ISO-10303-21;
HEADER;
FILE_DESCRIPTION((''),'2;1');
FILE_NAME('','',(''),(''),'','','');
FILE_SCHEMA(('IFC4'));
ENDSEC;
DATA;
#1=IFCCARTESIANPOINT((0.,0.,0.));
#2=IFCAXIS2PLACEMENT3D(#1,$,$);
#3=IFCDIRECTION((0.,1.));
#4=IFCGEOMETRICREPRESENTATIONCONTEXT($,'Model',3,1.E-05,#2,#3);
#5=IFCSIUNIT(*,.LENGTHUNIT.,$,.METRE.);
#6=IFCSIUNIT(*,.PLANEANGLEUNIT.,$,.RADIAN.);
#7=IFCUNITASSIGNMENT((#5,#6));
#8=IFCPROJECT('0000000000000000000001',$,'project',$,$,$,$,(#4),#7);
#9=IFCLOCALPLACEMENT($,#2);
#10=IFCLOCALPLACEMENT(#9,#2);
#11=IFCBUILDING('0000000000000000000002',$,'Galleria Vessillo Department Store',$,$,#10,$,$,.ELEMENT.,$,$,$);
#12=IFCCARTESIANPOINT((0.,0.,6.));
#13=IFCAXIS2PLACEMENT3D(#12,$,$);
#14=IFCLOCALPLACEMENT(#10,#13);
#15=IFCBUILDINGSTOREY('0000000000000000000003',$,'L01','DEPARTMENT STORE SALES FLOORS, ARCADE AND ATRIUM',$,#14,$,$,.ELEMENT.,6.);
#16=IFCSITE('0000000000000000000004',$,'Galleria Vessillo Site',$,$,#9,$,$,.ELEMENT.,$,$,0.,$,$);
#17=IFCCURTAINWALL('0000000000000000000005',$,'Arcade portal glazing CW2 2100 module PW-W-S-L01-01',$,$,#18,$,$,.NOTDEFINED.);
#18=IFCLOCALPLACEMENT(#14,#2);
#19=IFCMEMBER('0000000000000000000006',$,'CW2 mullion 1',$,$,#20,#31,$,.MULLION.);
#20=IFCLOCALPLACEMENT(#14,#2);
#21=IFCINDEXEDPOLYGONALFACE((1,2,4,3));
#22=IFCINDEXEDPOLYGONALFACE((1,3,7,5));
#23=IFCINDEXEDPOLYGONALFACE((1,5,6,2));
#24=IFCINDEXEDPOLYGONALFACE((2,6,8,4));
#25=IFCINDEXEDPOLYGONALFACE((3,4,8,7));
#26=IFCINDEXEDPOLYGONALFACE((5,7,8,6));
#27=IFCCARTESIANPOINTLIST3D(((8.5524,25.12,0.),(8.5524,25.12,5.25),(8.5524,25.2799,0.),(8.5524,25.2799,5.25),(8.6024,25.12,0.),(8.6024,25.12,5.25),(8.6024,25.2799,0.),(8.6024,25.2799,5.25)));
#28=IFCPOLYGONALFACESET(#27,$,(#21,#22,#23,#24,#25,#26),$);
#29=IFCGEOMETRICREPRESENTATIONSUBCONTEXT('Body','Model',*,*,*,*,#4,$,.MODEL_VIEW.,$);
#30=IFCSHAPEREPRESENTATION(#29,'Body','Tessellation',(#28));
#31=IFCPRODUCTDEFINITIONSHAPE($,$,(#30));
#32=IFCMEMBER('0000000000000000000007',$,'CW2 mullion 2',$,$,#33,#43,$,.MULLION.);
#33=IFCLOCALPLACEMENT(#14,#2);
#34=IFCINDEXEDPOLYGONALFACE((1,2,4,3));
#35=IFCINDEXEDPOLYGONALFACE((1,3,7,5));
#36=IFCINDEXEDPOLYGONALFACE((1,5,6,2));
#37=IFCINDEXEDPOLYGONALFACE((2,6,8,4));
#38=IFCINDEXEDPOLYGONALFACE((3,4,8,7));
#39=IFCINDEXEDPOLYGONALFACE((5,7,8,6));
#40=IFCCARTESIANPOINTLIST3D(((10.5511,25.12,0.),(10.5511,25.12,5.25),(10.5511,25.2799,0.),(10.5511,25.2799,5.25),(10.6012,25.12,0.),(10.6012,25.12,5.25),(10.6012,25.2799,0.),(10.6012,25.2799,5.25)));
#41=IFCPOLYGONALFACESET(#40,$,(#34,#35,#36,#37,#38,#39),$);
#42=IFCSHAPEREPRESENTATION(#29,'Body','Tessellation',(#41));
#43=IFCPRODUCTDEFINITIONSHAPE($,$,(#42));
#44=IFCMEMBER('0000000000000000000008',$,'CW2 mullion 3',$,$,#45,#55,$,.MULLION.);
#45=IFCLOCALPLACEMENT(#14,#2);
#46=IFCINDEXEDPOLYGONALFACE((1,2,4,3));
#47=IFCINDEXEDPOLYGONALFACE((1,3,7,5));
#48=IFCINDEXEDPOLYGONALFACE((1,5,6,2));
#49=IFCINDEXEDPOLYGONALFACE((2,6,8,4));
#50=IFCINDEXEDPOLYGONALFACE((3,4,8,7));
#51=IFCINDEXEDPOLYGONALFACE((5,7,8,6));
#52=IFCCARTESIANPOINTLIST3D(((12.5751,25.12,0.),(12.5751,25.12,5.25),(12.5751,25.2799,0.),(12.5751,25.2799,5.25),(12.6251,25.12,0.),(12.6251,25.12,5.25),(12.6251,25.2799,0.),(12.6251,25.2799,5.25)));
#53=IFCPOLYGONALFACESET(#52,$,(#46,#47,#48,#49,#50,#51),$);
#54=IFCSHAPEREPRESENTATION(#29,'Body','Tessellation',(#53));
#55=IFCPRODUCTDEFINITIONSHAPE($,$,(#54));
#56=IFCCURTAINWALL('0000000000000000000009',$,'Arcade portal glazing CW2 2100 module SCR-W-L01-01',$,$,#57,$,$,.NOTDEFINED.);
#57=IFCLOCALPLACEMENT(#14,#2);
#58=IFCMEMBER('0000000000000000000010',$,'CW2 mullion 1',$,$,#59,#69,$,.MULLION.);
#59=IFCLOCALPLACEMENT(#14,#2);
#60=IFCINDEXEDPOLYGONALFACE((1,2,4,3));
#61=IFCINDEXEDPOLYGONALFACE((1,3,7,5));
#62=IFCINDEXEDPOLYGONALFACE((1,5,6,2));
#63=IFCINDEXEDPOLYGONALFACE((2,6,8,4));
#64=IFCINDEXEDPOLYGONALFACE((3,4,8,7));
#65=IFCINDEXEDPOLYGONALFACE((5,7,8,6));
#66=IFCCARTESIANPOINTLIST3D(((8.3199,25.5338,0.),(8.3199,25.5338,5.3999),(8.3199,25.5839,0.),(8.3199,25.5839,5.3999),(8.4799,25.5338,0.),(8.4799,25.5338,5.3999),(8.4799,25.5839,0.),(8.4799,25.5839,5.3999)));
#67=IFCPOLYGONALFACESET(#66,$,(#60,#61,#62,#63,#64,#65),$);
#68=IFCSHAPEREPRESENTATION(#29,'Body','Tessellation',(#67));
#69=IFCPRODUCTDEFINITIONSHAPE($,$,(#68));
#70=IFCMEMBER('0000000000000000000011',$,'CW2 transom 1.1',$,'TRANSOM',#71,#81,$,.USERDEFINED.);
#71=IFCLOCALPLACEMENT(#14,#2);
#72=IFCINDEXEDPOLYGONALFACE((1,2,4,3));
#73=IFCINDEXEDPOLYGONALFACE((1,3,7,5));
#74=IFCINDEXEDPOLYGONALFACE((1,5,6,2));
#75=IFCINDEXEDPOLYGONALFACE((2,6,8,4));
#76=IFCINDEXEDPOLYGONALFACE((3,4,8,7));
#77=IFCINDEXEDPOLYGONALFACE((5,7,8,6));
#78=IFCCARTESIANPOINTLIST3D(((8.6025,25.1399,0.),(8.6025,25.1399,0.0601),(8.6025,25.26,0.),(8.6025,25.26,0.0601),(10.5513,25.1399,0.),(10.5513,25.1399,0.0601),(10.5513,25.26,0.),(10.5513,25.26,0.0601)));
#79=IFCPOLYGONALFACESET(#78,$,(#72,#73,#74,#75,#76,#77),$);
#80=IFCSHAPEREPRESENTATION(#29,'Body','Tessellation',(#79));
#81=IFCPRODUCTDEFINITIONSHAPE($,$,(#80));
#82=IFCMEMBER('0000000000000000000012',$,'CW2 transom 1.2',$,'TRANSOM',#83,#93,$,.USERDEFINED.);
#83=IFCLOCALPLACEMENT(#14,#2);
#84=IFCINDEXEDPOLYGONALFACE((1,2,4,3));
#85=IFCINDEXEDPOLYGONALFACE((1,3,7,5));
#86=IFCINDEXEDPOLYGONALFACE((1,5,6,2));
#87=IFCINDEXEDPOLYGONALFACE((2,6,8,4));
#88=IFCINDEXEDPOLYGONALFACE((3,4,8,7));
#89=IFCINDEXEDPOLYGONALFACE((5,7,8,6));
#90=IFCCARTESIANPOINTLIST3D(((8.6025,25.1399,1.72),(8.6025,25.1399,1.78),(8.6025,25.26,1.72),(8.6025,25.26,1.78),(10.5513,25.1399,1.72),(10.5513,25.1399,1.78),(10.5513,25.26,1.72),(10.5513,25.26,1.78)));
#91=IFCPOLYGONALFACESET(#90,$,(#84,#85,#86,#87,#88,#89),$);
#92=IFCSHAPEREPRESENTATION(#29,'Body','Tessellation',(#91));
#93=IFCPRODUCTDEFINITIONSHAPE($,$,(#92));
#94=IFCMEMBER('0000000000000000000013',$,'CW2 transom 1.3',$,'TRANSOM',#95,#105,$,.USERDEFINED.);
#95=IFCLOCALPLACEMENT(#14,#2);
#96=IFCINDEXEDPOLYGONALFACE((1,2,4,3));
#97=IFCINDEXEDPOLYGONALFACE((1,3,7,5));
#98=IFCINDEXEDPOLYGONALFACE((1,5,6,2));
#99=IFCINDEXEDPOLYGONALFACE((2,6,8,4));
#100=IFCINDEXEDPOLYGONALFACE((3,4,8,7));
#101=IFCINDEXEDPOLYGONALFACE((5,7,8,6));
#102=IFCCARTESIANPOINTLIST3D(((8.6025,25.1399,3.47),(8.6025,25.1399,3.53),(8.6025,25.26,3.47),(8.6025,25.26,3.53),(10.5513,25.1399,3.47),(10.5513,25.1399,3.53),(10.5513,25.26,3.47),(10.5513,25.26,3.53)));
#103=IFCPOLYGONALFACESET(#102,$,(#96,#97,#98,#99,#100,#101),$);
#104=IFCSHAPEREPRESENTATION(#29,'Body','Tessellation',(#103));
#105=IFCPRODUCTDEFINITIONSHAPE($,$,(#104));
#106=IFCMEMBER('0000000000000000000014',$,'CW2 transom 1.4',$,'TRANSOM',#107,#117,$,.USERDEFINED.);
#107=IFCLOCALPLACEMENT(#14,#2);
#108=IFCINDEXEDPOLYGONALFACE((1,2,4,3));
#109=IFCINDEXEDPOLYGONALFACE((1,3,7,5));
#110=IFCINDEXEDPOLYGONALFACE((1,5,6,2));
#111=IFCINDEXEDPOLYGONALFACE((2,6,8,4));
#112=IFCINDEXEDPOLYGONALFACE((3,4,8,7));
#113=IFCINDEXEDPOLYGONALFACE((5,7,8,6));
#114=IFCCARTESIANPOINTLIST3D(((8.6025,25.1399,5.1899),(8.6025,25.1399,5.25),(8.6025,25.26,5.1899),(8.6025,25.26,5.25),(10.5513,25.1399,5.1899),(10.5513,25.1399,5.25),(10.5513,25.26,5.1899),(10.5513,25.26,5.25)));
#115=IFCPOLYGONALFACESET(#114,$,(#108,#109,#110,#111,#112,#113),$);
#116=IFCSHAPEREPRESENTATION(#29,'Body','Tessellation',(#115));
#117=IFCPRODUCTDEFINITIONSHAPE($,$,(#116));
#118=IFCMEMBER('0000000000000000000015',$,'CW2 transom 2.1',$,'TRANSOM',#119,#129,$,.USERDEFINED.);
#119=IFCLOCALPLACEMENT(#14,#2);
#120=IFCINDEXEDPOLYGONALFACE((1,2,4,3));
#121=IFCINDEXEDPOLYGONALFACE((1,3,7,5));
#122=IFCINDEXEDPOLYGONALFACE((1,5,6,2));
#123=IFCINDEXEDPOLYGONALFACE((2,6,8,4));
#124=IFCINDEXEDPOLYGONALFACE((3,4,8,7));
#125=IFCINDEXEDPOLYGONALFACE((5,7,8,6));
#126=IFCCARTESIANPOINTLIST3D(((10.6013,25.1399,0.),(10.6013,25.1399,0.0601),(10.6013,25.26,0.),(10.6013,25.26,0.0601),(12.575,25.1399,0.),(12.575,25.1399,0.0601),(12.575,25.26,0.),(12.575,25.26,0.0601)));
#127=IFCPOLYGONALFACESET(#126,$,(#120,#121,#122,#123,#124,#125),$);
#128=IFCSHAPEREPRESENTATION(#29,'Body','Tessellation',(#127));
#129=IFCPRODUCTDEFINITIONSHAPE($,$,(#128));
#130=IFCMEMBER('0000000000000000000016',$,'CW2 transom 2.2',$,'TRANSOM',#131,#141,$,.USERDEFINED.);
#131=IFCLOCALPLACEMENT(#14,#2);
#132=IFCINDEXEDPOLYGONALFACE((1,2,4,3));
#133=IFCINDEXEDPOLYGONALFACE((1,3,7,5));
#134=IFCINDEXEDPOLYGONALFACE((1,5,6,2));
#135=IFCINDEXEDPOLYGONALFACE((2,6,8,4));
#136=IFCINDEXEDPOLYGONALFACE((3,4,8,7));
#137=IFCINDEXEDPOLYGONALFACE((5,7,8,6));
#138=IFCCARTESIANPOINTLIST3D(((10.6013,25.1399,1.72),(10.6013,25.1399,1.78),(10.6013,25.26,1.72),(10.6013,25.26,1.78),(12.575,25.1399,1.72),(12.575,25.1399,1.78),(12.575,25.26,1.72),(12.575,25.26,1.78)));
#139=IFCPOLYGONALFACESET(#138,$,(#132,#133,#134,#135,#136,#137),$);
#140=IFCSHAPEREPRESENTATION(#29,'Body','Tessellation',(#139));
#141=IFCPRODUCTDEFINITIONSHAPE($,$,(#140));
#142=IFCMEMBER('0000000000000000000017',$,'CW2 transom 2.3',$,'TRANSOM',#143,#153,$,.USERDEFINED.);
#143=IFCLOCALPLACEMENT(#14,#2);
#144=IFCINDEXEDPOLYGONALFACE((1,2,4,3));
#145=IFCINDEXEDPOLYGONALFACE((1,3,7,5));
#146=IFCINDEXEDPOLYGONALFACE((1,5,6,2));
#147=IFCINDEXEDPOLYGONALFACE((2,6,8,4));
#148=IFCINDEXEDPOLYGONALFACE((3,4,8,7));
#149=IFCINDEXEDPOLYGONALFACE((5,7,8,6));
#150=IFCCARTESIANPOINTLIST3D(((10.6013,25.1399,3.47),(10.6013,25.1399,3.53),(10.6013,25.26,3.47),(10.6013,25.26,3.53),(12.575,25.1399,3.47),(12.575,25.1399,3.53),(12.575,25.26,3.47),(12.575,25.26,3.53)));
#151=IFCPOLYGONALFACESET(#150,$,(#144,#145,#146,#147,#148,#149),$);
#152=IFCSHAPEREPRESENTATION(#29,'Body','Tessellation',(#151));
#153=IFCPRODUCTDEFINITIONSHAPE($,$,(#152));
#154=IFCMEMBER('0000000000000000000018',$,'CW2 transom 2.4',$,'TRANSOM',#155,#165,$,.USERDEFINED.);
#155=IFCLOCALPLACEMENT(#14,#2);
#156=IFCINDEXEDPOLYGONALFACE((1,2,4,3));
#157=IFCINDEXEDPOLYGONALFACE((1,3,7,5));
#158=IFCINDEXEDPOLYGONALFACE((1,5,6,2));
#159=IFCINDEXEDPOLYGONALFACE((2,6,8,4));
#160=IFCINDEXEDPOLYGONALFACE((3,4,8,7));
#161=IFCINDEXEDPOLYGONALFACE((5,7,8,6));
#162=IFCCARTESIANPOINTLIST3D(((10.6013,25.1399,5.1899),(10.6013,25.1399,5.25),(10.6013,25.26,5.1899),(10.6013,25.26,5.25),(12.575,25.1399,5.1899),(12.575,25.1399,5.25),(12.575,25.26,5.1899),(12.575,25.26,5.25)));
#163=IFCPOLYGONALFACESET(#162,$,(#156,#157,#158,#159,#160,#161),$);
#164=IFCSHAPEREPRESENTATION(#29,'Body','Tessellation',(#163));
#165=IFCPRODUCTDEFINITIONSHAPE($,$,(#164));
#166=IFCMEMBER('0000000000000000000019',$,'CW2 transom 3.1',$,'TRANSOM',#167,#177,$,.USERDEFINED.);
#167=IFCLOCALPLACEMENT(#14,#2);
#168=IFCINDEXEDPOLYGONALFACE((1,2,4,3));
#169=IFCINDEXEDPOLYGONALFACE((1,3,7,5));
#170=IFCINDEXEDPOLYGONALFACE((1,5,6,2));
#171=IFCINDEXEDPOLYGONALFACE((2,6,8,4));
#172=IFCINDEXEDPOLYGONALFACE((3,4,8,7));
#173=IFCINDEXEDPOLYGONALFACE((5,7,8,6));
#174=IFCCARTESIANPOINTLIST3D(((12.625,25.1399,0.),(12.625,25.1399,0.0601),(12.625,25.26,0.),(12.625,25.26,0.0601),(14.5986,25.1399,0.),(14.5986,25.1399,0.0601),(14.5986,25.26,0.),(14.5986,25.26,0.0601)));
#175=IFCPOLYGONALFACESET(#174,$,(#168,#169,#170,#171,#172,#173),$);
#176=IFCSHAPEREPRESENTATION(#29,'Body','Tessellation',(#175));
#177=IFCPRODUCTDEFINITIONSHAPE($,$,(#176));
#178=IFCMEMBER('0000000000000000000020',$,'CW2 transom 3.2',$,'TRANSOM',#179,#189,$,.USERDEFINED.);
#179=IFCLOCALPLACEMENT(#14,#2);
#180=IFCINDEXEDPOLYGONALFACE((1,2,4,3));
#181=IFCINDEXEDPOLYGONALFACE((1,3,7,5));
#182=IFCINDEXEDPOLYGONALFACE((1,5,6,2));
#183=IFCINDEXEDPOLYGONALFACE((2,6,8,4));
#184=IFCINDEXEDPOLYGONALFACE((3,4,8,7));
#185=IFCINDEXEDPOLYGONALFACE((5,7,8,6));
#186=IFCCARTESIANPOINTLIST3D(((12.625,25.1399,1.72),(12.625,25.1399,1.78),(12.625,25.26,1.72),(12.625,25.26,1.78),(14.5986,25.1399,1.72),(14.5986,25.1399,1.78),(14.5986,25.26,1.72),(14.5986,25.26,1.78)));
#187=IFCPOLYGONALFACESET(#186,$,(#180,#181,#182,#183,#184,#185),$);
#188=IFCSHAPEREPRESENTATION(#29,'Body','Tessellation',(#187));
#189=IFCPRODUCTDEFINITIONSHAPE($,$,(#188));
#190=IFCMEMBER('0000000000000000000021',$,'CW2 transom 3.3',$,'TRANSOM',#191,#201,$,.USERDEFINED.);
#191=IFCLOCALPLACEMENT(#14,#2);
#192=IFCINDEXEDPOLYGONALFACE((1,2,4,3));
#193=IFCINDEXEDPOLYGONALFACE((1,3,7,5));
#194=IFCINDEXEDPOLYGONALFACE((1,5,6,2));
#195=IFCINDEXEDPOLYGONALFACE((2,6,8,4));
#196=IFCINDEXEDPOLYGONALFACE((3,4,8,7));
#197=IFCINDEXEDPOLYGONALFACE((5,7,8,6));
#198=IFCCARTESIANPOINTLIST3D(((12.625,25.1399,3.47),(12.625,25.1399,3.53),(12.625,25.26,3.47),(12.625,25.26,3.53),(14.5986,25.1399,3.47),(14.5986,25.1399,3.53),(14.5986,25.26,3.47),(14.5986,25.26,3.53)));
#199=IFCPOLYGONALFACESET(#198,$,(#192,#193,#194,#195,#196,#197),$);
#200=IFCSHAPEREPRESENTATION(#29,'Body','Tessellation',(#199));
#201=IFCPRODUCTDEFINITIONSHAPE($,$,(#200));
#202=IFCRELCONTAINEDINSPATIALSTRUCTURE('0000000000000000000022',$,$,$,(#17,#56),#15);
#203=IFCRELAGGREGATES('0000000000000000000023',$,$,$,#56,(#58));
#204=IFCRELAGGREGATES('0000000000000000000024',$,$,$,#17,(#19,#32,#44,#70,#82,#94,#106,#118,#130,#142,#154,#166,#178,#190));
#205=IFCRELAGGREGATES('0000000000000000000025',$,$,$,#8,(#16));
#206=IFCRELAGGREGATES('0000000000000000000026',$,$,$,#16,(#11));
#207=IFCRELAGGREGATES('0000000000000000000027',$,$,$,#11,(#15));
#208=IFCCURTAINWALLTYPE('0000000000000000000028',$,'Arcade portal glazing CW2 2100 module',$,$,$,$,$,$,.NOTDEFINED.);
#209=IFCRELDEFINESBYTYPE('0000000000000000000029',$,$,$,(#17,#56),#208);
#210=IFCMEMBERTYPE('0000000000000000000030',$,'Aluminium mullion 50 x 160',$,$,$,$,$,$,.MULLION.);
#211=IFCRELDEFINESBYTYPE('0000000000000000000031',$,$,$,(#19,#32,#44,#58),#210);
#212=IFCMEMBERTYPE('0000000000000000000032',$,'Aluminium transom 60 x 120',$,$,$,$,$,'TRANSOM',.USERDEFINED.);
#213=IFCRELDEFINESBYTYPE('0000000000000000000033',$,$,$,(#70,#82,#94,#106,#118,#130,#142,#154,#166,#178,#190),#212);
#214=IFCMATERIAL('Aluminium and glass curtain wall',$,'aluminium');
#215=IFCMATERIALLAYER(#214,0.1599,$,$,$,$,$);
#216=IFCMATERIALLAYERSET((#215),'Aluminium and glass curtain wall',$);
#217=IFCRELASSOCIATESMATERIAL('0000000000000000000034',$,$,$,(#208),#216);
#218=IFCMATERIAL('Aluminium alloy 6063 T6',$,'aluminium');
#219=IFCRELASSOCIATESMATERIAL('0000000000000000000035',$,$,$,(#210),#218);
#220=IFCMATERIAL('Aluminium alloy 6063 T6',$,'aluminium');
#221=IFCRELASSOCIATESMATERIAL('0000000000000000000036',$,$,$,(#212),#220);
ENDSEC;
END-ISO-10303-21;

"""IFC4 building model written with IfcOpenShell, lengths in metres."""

from ifc_helpers import new_model, si_unit, direction, frame, origin, origin_2d, place, context, subcontext, project, spatial, rectangle, extrude, material, layer, layer_set, material_profile, profile_set, type_object, element, aggregate, save


model = new_model("IFC4")

# Units and contexts
model_context = context("Model", 3, precision=1e-05, world=origin(), true_north=direction((0.0, 1.0)))
body_context = subcontext(model_context, "Body", "Model", "MODEL_VIEW")
ifc_project = project(units=[si_unit("LENGTHUNIT", "METRE"), si_unit("PLANEANGLEUNIT", "RADIAN")], contexts=[model_context])

# Site, building, storey
site_placement = place(None, origin())
site = spatial("IfcSite", under=ifc_project, at=site_placement, Name="Galleria Vessillo Site", CompositionType="ELEMENT", RefElevation=0.0)
building_placement = place(site_placement, origin())
building = spatial("IfcBuilding", under=site, at=building_placement, Name="Galleria Vessillo Department Store", CompositionType="ELEMENT")
storey_placement = place(building_placement, frame((0.0, 0.0, 6.0)))
storey = spatial("IfcBuildingStorey", under=building, at=storey_placement, Name="L01", Description="DEPARTMENT STORE SALES FLOORS, ARCADE AND ATRIUM", CompositionType="ELEMENT", Elevation=6.0)

# Curtain wall, members
ifc_material_1 = material(Name="Aluminium and glass curtain wall", Category="aluminium")
ifc_layer_1 = layer(ifc_material_1, 0.1599)
ifc_layer_set_1 = layer_set([ifc_layer_1], Name="Aluminium and glass curtain wall")
curtain_wall_type = type_object("IfcCurtainWallType", Name="Arcade portal glazing CW2 2100 module", PredefinedType="NOTDEFINED", material=ifc_layer_set_1)
curtain_wall_1_placement = place(storey_placement, origin())
curtain_wall_1 = element("IfcCurtainWall", 1, at=curtain_wall_1_placement, inside=storey, type_object=curtain_wall_type, Name="Arcade portal glazing CW2 2100 module PW-W-S-L01-01", PredefinedType="NOTDEFINED")
ifc_material_2 = material(Name="Aluminium alloy 6063 T6", Category="aluminium")
ifc_material_profile_1 = material_profile(ifc_material_2, rectangle(XDim=0.1599, YDim=0.05, at=origin_2d()), Name="AL 50x160")
ifc_profile_set_1 = profile_set([ifc_material_profile_1], Name="Aluminium alloy 6063 T6")
member_type_1 = type_object("IfcMemberType", Name="Aluminium mullion 50 x 160", PredefinedType="MULLION", material=ifc_profile_set_1)
member_1_placement = place(storey_placement, frame((8.5774, 25.2, 0.0), z_axis=(0.0, 0.0, 1.0), x_axis=(0.0, 1.0, 0.0)))
member_1 = element("IfcMember", 2, at=member_1_placement, type_object=member_type_1, Name="CW2 mullion 1", PredefinedType="MULLION", context=body_context, shape_type="SweptSolid", body=[
    extrude(rectangle(XDim=0.1599, YDim=0.05, at=origin_2d()), origin(), (0.0, 0.0, 1.0), 5.25),
])
member_2_placement = place(storey_placement, frame((10.5762, 25.2, 0.0), z_axis=(0.0, 0.0, 1.0), x_axis=(0.0, 1.0, 0.0)))
member_2 = element("IfcMember", 3, at=member_2_placement, type_object=member_type_1, Name="CW2 mullion 2", PredefinedType="MULLION", context=body_context, shape_type="SweptSolid", body=[
    extrude(rectangle(XDim=0.1599, YDim=0.05, at=origin_2d()), origin(), (0.0, 0.0, 1.0), 5.25),
])
member_3_placement = place(storey_placement, frame((12.6001, 25.2, 0.0), z_axis=(0.0, 0.0, 1.0), x_axis=(0.0, 1.0, 0.0)))
member_3 = element("IfcMember", 4, at=member_3_placement, type_object=member_type_1, Name="CW2 mullion 3", PredefinedType="MULLION", context=body_context, shape_type="SweptSolid", body=[
    extrude(rectangle(XDim=0.1599, YDim=0.05, at=origin_2d()), origin(), (0.0, 0.0, 1.0), 5.25),
])

# Curtain wall, member
curtain_wall_2_placement = place(storey_placement, origin())
curtain_wall_2 = element("IfcCurtainWall", 5, at=curtain_wall_2_placement, inside=storey, type_object=curtain_wall_type, Name="Arcade portal glazing CW2 2100 module SCR-W-L01-01", PredefinedType="NOTDEFINED")
member_4_placement = place(storey_placement, frame((8.3999, 25.5588, 0.0), z_axis=(0.0, 0.0, 1.0), x_axis=(-1.0, 0.0, 0.0)))
member_4 = element("IfcMember", 6, at=member_4_placement, type_object=member_type_1, Name="CW2 mullion 1", PredefinedType="MULLION", context=body_context, shape_type="SweptSolid", body=[
    extrude(rectangle(XDim=0.1599, YDim=0.05, at=origin_2d()), origin(), (0.0, 0.0, 1.0), 5.3999),
])

# Members
ifc_material_3 = material(Name="Aluminium alloy 6063 T6", Category="aluminium")
ifc_material_profile_2 = material_profile(ifc_material_3, rectangle(XDim=0.1201, YDim=0.0601, at=origin_2d()), Name="AL 60x120")
ifc_profile_set_2 = profile_set([ifc_material_profile_2], Name="Aluminium alloy 6063 T6")
member_type_2 = type_object("IfcMemberType", Name="Aluminium transom 60 x 120", ElementType="TRANSOM", PredefinedType="USERDEFINED", material=ifc_profile_set_2)
member_5_placement = place(storey_placement, frame((8.6025, 25.2, 0.03), z_axis=(1.0, 0.0, 0.0), x_axis=(0.0, 1.0, 0.0)))
member_5 = element("IfcMember", 7, at=member_5_placement, type_object=member_type_2, Name="CW2 transom 1.1", ObjectType="TRANSOM", PredefinedType="USERDEFINED", context=body_context, shape_type="SweptSolid", body=[
    extrude(rectangle(XDim=0.1201, YDim=0.0601, at=origin_2d()), origin(), (0.0, 0.0, 1.0), 1.9487),
])
member_6_placement = place(storey_placement, frame((8.6025, 25.2, 1.75), z_axis=(1.0, 0.0, 0.0), x_axis=(0.0, 1.0, 0.0)))
member_6 = element("IfcMember", 8, at=member_6_placement, type_object=member_type_2, Name="CW2 transom 1.2", ObjectType="TRANSOM", PredefinedType="USERDEFINED", context=body_context, shape_type="SweptSolid", body=[
    extrude(rectangle(XDim=0.1201, YDim=0.0601, at=origin_2d()), origin(), (0.0, 0.0, 1.0), 1.9487),
])
member_7_placement = place(storey_placement, frame((8.6025, 25.2, 3.5), z_axis=(1.0, 0.0, 0.0), x_axis=(0.0, 1.0, 0.0)))
member_7 = element("IfcMember", 9, at=member_7_placement, type_object=member_type_2, Name="CW2 transom 1.3", ObjectType="TRANSOM", PredefinedType="USERDEFINED", context=body_context, shape_type="SweptSolid", body=[
    extrude(rectangle(XDim=0.1201, YDim=0.0601, at=origin_2d()), origin(), (0.0, 0.0, 1.0), 1.9487),
])
member_8_placement = place(storey_placement, frame((8.6025, 25.2, 5.22), z_axis=(1.0, 0.0, 0.0), x_axis=(0.0, 1.0, 0.0)))
member_8 = element("IfcMember", 10, at=member_8_placement, type_object=member_type_2, Name="CW2 transom 1.4", ObjectType="TRANSOM", PredefinedType="USERDEFINED", context=body_context, shape_type="SweptSolid", body=[
    extrude(rectangle(XDim=0.1201, YDim=0.0601, at=origin_2d()), origin(), (0.0, 0.0, 1.0), 1.9487),
])
member_9_placement = place(storey_placement, frame((10.6013, 25.2, 0.03), z_axis=(1.0, 0.0, 0.0), x_axis=(0.0, 1.0, 0.0)))
member_9 = element("IfcMember", 11, at=member_9_placement, type_object=member_type_2, Name="CW2 transom 2.1", ObjectType="TRANSOM", PredefinedType="USERDEFINED", context=body_context, shape_type="SweptSolid", body=[
    extrude(rectangle(XDim=0.1201, YDim=0.0601, at=origin_2d()), origin(), (0.0, 0.0, 1.0), 1.9736),
])
member_10_placement = place(storey_placement, frame((10.6013, 25.2, 1.75), z_axis=(1.0, 0.0, 0.0), x_axis=(0.0, 1.0, 0.0)))
member_10 = element("IfcMember", 12, at=member_10_placement, type_object=member_type_2, Name="CW2 transom 2.2", ObjectType="TRANSOM", PredefinedType="USERDEFINED", context=body_context, shape_type="SweptSolid", body=[
    extrude(rectangle(XDim=0.1201, YDim=0.0601, at=origin_2d()), origin(), (0.0, 0.0, 1.0), 1.9736),
])
member_11_placement = place(storey_placement, frame((10.6013, 25.2, 3.5), z_axis=(1.0, 0.0, 0.0), x_axis=(0.0, 1.0, 0.0)))
member_11 = element("IfcMember", 13, at=member_11_placement, type_object=member_type_2, Name="CW2 transom 2.3", ObjectType="TRANSOM", PredefinedType="USERDEFINED", context=body_context, shape_type="SweptSolid", body=[
    extrude(rectangle(XDim=0.1201, YDim=0.0601, at=origin_2d()), origin(), (0.0, 0.0, 1.0), 1.9736),
])
member_12_placement = place(storey_placement, frame((10.6013, 25.2, 5.22), z_axis=(1.0, 0.0, 0.0), x_axis=(0.0, 1.0, 0.0)))
member_12 = element("IfcMember", 14, at=member_12_placement, type_object=member_type_2, Name="CW2 transom 2.4", ObjectType="TRANSOM", PredefinedType="USERDEFINED", context=body_context, shape_type="SweptSolid", body=[
    extrude(rectangle(XDim=0.1201, YDim=0.0601, at=origin_2d()), origin(), (0.0, 0.0, 1.0), 1.9736),
])
member_13_placement = place(storey_placement, frame((12.625, 25.2, 0.03), z_axis=(1.0, 0.0, 0.0), x_axis=(0.0, 1.0, 0.0)))
member_13 = element("IfcMember", 15, at=member_13_placement, type_object=member_type_2, Name="CW2 transom 3.1", ObjectType="TRANSOM", PredefinedType="USERDEFINED", context=body_context, shape_type="SweptSolid", body=[
    extrude(rectangle(XDim=0.1201, YDim=0.0601, at=origin_2d()), origin(), (0.0, 0.0, 1.0), 1.9736),
])
member_14_placement = place(storey_placement, frame((12.625, 25.2, 1.75), z_axis=(1.0, 0.0, 0.0), x_axis=(0.0, 1.0, 0.0)))
member_14 = element("IfcMember", 16, at=member_14_placement, type_object=member_type_2, Name="CW2 transom 3.2", ObjectType="TRANSOM", PredefinedType="USERDEFINED", context=body_context, shape_type="SweptSolid", body=[
    extrude(rectangle(XDim=0.1201, YDim=0.0601, at=origin_2d()), origin(), (0.0, 0.0, 1.0), 1.9736),
])
member_15_placement = place(storey_placement, frame((12.625, 25.2, 3.5), z_axis=(1.0, 0.0, 0.0), x_axis=(0.0, 1.0, 0.0)))
member_15 = element("IfcMember", 17, at=member_15_placement, type_object=member_type_2, Name="CW2 transom 3.3", ObjectType="TRANSOM", PredefinedType="USERDEFINED", context=body_context, shape_type="SweptSolid", body=[
    extrude(rectangle(XDim=0.1201, YDim=0.0601, at=origin_2d()), origin(), (0.0, 0.0, 1.0), 1.9736),
])
aggregate(curtain_wall_2, [member_4])

aggregate(curtain_wall_1, [member_1, member_2, member_3, member_5, member_6, member_7, member_8, member_9, member_10, member_11, member_12, member_13, member_14, member_15])

save(model, "model.ifc")
